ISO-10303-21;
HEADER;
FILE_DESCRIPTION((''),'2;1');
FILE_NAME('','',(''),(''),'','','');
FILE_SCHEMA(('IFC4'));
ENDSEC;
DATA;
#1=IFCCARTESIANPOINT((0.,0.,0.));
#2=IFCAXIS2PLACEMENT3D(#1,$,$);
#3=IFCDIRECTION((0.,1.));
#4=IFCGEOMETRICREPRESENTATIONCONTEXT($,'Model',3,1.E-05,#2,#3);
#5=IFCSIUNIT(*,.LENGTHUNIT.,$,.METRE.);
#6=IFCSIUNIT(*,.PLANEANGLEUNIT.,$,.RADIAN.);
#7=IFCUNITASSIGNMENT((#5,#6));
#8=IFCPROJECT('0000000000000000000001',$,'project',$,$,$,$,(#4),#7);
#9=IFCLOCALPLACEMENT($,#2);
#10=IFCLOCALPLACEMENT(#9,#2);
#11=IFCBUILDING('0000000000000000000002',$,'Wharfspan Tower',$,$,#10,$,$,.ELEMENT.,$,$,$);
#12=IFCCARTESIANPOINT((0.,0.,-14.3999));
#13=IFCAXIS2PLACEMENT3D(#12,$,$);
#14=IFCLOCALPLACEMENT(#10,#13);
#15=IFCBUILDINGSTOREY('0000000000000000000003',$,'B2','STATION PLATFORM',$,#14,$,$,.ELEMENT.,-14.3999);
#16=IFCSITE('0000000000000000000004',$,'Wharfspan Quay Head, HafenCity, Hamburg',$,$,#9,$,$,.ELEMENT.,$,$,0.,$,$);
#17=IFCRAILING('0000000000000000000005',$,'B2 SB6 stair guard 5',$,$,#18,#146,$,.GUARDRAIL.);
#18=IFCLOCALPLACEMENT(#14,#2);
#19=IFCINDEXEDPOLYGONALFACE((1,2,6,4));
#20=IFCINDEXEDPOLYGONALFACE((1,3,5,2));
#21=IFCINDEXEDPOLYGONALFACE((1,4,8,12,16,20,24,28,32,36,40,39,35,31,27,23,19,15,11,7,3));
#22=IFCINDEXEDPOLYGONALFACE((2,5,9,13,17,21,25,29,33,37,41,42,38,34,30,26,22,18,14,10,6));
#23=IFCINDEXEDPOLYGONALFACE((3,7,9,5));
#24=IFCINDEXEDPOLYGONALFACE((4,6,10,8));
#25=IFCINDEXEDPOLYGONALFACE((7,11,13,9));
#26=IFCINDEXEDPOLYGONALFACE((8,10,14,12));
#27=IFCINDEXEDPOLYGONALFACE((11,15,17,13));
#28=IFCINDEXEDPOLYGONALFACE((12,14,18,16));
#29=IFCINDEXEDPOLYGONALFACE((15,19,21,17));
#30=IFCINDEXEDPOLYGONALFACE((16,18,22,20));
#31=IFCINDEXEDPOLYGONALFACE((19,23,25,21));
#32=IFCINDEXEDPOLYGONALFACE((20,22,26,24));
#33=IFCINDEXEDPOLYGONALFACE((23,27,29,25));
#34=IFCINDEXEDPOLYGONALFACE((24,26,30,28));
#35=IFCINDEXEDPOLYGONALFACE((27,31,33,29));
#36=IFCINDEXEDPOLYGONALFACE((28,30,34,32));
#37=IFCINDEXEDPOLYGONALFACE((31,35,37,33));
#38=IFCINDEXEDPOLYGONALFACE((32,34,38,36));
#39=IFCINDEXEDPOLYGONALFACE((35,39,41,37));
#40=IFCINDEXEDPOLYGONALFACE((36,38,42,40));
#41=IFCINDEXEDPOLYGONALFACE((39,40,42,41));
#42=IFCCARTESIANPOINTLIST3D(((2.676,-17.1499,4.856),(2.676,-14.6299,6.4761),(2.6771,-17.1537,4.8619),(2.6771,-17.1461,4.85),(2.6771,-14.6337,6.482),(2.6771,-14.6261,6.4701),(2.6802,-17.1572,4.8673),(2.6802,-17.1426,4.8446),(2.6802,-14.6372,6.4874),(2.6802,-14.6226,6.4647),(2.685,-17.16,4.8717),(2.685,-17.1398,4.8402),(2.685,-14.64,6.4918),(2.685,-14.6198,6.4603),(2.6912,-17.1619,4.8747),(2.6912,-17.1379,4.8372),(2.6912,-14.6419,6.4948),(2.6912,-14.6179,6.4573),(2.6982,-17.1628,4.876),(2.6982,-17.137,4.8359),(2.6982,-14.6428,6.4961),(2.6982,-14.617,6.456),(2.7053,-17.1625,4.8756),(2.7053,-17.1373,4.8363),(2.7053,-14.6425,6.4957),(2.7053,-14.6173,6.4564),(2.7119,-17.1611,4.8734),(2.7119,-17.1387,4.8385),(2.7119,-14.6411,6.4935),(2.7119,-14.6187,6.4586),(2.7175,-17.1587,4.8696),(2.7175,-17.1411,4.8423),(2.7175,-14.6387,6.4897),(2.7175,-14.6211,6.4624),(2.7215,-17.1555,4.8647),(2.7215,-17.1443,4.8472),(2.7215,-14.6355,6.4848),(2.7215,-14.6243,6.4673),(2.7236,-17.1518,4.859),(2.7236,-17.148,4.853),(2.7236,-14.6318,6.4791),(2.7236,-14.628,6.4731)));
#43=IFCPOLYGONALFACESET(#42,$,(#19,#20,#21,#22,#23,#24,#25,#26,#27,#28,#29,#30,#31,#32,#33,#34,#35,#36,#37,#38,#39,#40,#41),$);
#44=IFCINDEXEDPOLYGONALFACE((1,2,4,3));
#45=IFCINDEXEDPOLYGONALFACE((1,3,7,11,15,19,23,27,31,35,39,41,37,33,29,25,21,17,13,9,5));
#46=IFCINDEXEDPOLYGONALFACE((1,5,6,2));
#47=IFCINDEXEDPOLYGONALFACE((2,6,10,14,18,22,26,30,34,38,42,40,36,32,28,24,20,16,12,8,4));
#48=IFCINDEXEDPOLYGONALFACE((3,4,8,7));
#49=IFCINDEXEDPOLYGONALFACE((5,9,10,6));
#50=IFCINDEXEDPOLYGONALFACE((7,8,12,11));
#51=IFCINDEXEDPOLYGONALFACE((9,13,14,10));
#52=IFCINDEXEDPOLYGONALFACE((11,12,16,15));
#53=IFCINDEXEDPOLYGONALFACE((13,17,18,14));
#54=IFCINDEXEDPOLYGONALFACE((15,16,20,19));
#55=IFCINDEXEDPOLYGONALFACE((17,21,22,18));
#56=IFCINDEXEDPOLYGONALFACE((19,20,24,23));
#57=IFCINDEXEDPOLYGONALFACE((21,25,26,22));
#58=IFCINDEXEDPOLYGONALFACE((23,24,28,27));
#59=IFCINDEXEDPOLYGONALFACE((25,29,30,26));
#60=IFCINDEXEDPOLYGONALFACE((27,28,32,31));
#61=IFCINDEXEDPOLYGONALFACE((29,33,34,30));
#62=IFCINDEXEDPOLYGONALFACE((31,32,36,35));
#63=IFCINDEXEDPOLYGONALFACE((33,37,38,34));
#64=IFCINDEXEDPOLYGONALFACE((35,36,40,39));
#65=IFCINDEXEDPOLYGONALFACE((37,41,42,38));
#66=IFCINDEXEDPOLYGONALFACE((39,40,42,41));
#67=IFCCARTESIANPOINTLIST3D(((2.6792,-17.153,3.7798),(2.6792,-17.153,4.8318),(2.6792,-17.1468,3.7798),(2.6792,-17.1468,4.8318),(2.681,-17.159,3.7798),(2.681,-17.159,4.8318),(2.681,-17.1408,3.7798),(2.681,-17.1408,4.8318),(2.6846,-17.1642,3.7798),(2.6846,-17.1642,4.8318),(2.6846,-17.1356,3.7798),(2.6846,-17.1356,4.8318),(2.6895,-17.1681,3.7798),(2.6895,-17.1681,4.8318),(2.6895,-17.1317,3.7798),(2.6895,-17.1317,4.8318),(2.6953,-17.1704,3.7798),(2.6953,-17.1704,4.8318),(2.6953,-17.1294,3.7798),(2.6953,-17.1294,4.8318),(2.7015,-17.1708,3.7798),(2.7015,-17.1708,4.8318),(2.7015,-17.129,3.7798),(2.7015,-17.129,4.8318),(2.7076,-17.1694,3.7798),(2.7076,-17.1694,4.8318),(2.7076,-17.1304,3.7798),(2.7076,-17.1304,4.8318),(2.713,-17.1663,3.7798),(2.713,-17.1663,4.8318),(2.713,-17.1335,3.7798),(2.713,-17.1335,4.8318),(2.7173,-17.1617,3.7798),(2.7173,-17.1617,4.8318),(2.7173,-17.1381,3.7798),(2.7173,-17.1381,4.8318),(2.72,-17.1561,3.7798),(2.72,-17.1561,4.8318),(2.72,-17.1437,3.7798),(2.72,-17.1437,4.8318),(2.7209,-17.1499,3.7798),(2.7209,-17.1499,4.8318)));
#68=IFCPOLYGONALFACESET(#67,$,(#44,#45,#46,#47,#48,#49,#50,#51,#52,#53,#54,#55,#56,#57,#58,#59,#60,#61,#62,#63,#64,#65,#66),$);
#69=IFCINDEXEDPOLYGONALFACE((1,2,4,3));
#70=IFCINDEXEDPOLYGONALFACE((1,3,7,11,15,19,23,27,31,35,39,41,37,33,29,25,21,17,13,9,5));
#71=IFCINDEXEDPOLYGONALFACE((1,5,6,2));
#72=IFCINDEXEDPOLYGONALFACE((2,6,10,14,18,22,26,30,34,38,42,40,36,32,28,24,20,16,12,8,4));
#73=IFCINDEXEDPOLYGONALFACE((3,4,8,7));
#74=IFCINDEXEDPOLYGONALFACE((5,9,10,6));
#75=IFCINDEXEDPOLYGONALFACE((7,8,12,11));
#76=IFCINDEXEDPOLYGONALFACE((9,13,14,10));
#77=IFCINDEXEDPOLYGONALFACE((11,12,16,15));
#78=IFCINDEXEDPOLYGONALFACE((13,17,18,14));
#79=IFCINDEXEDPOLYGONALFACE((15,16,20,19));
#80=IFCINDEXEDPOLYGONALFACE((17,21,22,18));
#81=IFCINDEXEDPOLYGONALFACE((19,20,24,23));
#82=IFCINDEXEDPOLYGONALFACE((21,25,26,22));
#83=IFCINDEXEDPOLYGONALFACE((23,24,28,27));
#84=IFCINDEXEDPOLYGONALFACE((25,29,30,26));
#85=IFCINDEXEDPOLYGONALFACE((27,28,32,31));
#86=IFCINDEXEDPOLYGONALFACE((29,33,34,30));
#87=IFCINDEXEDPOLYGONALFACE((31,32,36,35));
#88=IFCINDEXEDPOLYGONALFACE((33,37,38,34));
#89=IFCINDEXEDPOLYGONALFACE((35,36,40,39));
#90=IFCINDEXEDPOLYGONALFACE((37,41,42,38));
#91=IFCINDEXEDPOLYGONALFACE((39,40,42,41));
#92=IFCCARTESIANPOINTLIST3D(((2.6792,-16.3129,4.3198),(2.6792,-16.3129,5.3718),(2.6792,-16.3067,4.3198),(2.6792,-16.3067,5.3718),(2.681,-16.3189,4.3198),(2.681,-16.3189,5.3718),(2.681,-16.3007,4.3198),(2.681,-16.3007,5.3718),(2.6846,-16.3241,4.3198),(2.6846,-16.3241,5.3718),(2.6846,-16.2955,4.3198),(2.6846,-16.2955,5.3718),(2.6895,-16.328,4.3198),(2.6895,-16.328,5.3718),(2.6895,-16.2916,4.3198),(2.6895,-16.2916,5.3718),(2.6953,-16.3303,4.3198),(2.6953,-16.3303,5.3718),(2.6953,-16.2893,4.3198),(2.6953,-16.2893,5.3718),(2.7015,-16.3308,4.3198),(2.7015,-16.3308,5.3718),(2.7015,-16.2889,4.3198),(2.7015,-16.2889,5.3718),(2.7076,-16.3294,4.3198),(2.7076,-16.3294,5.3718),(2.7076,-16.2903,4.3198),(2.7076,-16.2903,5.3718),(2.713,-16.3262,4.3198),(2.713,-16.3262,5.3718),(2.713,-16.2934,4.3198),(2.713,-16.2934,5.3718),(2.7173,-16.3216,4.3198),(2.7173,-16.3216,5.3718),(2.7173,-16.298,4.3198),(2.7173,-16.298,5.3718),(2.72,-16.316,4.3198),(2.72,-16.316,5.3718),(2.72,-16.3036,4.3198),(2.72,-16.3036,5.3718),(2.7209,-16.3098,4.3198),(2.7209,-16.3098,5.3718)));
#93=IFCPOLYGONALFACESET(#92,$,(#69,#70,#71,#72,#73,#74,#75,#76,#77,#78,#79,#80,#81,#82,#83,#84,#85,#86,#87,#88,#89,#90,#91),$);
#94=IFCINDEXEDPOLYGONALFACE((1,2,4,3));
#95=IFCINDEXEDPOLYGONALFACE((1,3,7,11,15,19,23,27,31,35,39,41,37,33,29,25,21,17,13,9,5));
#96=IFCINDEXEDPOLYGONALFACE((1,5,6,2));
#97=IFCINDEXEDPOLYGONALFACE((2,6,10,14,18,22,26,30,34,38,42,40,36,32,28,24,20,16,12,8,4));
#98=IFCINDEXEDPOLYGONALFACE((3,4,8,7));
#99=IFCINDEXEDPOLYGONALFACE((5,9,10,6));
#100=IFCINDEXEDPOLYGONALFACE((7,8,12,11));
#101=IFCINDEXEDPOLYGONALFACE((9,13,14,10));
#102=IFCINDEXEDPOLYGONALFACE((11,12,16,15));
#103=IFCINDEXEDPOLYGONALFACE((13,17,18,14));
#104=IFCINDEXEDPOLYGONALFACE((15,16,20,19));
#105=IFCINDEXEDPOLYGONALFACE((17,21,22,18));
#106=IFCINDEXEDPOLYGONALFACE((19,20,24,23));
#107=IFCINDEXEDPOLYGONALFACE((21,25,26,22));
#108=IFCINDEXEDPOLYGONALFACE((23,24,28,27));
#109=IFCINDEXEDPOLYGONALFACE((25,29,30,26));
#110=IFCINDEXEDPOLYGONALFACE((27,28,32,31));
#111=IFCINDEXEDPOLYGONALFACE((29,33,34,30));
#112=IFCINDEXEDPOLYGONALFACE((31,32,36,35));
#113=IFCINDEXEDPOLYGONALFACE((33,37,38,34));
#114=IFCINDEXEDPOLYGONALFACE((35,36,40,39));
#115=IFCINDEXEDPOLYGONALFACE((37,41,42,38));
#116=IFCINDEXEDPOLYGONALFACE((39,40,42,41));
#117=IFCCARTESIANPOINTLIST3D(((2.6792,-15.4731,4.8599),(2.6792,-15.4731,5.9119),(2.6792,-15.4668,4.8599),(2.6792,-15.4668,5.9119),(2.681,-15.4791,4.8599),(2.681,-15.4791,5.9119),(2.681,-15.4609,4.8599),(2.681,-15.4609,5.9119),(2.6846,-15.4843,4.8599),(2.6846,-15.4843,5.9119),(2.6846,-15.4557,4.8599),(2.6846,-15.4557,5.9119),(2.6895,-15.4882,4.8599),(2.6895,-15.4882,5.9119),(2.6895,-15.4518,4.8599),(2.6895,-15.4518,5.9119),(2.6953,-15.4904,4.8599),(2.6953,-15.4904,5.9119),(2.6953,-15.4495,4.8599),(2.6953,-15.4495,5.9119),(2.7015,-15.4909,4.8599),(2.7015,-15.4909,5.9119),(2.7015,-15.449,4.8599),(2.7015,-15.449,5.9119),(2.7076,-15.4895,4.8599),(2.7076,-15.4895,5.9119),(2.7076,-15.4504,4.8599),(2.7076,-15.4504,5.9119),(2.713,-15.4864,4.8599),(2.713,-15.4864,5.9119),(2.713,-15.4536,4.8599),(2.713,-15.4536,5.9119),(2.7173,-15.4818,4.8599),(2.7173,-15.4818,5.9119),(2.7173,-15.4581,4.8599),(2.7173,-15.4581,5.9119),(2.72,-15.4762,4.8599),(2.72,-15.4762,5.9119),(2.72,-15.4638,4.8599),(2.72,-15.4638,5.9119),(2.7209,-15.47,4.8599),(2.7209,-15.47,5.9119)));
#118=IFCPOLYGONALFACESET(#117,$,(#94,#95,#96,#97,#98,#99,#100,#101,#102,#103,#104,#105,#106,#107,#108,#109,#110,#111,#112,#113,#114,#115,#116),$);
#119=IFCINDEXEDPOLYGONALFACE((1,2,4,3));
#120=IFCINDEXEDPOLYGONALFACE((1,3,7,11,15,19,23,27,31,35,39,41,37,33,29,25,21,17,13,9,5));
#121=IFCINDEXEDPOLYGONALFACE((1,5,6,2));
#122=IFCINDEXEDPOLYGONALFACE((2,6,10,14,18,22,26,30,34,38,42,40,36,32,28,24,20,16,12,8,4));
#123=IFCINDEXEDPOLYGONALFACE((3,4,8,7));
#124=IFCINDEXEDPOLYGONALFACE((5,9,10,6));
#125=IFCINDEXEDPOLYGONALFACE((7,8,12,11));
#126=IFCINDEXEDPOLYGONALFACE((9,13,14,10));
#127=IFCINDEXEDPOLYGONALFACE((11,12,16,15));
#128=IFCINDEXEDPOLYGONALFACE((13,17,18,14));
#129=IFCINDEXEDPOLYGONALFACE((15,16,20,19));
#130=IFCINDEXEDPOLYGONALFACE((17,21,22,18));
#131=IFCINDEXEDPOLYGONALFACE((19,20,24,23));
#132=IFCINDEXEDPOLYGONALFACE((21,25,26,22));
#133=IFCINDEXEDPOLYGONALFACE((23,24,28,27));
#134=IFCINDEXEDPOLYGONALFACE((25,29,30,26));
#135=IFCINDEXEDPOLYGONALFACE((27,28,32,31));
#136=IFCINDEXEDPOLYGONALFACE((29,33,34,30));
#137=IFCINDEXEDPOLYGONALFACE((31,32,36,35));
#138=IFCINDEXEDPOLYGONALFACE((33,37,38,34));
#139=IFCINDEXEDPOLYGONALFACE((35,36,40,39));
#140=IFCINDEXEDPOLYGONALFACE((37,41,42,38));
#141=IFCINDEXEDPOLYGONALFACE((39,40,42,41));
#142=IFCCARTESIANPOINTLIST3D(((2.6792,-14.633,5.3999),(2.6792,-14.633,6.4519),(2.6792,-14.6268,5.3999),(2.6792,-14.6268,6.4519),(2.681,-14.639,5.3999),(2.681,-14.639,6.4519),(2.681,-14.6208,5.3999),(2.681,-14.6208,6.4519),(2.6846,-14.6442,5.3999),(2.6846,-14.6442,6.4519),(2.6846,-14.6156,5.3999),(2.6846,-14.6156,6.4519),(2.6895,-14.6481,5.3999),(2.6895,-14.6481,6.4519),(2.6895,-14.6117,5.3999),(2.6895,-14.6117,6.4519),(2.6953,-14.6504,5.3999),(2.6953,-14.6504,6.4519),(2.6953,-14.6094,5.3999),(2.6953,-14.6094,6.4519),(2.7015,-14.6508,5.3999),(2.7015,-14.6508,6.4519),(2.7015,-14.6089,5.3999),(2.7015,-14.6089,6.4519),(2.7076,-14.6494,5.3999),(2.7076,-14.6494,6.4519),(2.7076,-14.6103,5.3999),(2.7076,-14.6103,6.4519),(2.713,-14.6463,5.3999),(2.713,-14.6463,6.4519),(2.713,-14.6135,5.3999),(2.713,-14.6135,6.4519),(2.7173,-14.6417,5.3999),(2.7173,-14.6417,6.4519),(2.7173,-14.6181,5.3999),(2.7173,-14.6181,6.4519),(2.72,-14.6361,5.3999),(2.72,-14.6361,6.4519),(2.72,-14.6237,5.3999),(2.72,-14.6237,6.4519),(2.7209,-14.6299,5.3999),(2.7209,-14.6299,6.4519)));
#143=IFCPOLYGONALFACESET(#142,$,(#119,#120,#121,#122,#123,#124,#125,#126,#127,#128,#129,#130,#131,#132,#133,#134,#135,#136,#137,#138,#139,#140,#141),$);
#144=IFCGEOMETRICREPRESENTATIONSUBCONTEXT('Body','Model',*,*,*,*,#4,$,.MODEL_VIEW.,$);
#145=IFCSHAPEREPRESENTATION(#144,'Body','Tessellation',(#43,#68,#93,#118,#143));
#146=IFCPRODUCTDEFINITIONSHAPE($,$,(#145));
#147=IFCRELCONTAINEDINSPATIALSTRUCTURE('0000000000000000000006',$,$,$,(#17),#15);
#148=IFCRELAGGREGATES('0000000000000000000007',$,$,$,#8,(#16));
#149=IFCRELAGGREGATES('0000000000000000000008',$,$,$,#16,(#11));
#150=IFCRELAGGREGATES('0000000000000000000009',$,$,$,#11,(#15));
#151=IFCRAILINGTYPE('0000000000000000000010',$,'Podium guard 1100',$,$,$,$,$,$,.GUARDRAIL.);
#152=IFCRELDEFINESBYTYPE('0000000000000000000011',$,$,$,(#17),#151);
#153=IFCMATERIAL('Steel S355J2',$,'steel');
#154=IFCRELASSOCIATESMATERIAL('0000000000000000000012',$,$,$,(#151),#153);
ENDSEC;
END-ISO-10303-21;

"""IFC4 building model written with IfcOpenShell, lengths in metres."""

from ifc_helpers import new_model, si_unit, direction, frame, origin, origin_2d, place, context, subcontext, project, spatial, circle, extrude, material, type_object, element, save


model = new_model("IFC4")

# Units and contexts
model_context = context("Model", 3, precision=1e-05, world=origin(), true_north=direction((0.0, 1.0)))
body_context = subcontext(model_context, "Body", "Model", "MODEL_VIEW")
ifc_project = project(units=[si_unit("LENGTHUNIT", "METRE"), si_unit("PLANEANGLEUNIT", "RADIAN")], contexts=[model_context])

# Site, building, storey
site_placement = place(None, origin())
site = spatial("IfcSite", under=ifc_project, at=site_placement, Name="Wharfspan Quay Head, HafenCity, Hamburg", CompositionType="ELEMENT", RefElevation=0.0)
building_placement = place(site_placement, origin())
building = spatial("IfcBuilding", under=site, at=building_placement, Name="Wharfspan Tower", CompositionType="ELEMENT")
storey_placement = place(building_placement, frame((0.0, 0.0, -14.3999)))
storey = spatial("IfcBuildingStorey", under=building, at=storey_placement, Name="B2", Description="STATION PLATFORM", CompositionType="ELEMENT", Elevation=-14.3999)

# Railing
ifc_material_1 = material(Name="Steel S355J2", Category="steel")
railing_type = type_object("IfcRailingType", Name="Podium guard 1100", PredefinedType="GUARDRAIL", material=ifc_material_1)
railing_1_placement = place(storey_placement, frame((2.7, -17.1499, 3.7798)))
element("IfcRailing", 1, at=railing_1_placement, inside=storey, type_object=railing_type, Name="B2 SB6 stair guard 5", PredefinedType="GUARDRAIL", context=body_context, shape_type="SweptSolid", body=[
    extrude(circle(Radius=0.0239, at=origin_2d()), frame((0.0, 0.0, 1.0762), z_axis=(0.0, 0.841163, 0.540782), x_axis=(-1.0, 0.0, 0.0)), (0.0, 0.0, 1.0), 2.9958),
    extrude(circle(Radius=0.021, at=origin_2d()), origin(), (0.0, 0.0, 1.0), 1.052),
    extrude(circle(Radius=0.021, at=origin_2d()), frame((0.0, 0.8401, 0.54)), (0.0, 0.0, 1.0), 1.052),
    extrude(circle(Radius=0.021, at=origin_2d()), frame((0.0, 1.6799, 1.0801)), (0.0, 0.0, 1.0), 1.052),
    extrude(circle(Radius=0.021, at=origin_2d()), frame((0.0, 2.52, 1.6201)), (0.0, 0.0, 1.0), 1.052),
])

save(model, "model.ifc")
